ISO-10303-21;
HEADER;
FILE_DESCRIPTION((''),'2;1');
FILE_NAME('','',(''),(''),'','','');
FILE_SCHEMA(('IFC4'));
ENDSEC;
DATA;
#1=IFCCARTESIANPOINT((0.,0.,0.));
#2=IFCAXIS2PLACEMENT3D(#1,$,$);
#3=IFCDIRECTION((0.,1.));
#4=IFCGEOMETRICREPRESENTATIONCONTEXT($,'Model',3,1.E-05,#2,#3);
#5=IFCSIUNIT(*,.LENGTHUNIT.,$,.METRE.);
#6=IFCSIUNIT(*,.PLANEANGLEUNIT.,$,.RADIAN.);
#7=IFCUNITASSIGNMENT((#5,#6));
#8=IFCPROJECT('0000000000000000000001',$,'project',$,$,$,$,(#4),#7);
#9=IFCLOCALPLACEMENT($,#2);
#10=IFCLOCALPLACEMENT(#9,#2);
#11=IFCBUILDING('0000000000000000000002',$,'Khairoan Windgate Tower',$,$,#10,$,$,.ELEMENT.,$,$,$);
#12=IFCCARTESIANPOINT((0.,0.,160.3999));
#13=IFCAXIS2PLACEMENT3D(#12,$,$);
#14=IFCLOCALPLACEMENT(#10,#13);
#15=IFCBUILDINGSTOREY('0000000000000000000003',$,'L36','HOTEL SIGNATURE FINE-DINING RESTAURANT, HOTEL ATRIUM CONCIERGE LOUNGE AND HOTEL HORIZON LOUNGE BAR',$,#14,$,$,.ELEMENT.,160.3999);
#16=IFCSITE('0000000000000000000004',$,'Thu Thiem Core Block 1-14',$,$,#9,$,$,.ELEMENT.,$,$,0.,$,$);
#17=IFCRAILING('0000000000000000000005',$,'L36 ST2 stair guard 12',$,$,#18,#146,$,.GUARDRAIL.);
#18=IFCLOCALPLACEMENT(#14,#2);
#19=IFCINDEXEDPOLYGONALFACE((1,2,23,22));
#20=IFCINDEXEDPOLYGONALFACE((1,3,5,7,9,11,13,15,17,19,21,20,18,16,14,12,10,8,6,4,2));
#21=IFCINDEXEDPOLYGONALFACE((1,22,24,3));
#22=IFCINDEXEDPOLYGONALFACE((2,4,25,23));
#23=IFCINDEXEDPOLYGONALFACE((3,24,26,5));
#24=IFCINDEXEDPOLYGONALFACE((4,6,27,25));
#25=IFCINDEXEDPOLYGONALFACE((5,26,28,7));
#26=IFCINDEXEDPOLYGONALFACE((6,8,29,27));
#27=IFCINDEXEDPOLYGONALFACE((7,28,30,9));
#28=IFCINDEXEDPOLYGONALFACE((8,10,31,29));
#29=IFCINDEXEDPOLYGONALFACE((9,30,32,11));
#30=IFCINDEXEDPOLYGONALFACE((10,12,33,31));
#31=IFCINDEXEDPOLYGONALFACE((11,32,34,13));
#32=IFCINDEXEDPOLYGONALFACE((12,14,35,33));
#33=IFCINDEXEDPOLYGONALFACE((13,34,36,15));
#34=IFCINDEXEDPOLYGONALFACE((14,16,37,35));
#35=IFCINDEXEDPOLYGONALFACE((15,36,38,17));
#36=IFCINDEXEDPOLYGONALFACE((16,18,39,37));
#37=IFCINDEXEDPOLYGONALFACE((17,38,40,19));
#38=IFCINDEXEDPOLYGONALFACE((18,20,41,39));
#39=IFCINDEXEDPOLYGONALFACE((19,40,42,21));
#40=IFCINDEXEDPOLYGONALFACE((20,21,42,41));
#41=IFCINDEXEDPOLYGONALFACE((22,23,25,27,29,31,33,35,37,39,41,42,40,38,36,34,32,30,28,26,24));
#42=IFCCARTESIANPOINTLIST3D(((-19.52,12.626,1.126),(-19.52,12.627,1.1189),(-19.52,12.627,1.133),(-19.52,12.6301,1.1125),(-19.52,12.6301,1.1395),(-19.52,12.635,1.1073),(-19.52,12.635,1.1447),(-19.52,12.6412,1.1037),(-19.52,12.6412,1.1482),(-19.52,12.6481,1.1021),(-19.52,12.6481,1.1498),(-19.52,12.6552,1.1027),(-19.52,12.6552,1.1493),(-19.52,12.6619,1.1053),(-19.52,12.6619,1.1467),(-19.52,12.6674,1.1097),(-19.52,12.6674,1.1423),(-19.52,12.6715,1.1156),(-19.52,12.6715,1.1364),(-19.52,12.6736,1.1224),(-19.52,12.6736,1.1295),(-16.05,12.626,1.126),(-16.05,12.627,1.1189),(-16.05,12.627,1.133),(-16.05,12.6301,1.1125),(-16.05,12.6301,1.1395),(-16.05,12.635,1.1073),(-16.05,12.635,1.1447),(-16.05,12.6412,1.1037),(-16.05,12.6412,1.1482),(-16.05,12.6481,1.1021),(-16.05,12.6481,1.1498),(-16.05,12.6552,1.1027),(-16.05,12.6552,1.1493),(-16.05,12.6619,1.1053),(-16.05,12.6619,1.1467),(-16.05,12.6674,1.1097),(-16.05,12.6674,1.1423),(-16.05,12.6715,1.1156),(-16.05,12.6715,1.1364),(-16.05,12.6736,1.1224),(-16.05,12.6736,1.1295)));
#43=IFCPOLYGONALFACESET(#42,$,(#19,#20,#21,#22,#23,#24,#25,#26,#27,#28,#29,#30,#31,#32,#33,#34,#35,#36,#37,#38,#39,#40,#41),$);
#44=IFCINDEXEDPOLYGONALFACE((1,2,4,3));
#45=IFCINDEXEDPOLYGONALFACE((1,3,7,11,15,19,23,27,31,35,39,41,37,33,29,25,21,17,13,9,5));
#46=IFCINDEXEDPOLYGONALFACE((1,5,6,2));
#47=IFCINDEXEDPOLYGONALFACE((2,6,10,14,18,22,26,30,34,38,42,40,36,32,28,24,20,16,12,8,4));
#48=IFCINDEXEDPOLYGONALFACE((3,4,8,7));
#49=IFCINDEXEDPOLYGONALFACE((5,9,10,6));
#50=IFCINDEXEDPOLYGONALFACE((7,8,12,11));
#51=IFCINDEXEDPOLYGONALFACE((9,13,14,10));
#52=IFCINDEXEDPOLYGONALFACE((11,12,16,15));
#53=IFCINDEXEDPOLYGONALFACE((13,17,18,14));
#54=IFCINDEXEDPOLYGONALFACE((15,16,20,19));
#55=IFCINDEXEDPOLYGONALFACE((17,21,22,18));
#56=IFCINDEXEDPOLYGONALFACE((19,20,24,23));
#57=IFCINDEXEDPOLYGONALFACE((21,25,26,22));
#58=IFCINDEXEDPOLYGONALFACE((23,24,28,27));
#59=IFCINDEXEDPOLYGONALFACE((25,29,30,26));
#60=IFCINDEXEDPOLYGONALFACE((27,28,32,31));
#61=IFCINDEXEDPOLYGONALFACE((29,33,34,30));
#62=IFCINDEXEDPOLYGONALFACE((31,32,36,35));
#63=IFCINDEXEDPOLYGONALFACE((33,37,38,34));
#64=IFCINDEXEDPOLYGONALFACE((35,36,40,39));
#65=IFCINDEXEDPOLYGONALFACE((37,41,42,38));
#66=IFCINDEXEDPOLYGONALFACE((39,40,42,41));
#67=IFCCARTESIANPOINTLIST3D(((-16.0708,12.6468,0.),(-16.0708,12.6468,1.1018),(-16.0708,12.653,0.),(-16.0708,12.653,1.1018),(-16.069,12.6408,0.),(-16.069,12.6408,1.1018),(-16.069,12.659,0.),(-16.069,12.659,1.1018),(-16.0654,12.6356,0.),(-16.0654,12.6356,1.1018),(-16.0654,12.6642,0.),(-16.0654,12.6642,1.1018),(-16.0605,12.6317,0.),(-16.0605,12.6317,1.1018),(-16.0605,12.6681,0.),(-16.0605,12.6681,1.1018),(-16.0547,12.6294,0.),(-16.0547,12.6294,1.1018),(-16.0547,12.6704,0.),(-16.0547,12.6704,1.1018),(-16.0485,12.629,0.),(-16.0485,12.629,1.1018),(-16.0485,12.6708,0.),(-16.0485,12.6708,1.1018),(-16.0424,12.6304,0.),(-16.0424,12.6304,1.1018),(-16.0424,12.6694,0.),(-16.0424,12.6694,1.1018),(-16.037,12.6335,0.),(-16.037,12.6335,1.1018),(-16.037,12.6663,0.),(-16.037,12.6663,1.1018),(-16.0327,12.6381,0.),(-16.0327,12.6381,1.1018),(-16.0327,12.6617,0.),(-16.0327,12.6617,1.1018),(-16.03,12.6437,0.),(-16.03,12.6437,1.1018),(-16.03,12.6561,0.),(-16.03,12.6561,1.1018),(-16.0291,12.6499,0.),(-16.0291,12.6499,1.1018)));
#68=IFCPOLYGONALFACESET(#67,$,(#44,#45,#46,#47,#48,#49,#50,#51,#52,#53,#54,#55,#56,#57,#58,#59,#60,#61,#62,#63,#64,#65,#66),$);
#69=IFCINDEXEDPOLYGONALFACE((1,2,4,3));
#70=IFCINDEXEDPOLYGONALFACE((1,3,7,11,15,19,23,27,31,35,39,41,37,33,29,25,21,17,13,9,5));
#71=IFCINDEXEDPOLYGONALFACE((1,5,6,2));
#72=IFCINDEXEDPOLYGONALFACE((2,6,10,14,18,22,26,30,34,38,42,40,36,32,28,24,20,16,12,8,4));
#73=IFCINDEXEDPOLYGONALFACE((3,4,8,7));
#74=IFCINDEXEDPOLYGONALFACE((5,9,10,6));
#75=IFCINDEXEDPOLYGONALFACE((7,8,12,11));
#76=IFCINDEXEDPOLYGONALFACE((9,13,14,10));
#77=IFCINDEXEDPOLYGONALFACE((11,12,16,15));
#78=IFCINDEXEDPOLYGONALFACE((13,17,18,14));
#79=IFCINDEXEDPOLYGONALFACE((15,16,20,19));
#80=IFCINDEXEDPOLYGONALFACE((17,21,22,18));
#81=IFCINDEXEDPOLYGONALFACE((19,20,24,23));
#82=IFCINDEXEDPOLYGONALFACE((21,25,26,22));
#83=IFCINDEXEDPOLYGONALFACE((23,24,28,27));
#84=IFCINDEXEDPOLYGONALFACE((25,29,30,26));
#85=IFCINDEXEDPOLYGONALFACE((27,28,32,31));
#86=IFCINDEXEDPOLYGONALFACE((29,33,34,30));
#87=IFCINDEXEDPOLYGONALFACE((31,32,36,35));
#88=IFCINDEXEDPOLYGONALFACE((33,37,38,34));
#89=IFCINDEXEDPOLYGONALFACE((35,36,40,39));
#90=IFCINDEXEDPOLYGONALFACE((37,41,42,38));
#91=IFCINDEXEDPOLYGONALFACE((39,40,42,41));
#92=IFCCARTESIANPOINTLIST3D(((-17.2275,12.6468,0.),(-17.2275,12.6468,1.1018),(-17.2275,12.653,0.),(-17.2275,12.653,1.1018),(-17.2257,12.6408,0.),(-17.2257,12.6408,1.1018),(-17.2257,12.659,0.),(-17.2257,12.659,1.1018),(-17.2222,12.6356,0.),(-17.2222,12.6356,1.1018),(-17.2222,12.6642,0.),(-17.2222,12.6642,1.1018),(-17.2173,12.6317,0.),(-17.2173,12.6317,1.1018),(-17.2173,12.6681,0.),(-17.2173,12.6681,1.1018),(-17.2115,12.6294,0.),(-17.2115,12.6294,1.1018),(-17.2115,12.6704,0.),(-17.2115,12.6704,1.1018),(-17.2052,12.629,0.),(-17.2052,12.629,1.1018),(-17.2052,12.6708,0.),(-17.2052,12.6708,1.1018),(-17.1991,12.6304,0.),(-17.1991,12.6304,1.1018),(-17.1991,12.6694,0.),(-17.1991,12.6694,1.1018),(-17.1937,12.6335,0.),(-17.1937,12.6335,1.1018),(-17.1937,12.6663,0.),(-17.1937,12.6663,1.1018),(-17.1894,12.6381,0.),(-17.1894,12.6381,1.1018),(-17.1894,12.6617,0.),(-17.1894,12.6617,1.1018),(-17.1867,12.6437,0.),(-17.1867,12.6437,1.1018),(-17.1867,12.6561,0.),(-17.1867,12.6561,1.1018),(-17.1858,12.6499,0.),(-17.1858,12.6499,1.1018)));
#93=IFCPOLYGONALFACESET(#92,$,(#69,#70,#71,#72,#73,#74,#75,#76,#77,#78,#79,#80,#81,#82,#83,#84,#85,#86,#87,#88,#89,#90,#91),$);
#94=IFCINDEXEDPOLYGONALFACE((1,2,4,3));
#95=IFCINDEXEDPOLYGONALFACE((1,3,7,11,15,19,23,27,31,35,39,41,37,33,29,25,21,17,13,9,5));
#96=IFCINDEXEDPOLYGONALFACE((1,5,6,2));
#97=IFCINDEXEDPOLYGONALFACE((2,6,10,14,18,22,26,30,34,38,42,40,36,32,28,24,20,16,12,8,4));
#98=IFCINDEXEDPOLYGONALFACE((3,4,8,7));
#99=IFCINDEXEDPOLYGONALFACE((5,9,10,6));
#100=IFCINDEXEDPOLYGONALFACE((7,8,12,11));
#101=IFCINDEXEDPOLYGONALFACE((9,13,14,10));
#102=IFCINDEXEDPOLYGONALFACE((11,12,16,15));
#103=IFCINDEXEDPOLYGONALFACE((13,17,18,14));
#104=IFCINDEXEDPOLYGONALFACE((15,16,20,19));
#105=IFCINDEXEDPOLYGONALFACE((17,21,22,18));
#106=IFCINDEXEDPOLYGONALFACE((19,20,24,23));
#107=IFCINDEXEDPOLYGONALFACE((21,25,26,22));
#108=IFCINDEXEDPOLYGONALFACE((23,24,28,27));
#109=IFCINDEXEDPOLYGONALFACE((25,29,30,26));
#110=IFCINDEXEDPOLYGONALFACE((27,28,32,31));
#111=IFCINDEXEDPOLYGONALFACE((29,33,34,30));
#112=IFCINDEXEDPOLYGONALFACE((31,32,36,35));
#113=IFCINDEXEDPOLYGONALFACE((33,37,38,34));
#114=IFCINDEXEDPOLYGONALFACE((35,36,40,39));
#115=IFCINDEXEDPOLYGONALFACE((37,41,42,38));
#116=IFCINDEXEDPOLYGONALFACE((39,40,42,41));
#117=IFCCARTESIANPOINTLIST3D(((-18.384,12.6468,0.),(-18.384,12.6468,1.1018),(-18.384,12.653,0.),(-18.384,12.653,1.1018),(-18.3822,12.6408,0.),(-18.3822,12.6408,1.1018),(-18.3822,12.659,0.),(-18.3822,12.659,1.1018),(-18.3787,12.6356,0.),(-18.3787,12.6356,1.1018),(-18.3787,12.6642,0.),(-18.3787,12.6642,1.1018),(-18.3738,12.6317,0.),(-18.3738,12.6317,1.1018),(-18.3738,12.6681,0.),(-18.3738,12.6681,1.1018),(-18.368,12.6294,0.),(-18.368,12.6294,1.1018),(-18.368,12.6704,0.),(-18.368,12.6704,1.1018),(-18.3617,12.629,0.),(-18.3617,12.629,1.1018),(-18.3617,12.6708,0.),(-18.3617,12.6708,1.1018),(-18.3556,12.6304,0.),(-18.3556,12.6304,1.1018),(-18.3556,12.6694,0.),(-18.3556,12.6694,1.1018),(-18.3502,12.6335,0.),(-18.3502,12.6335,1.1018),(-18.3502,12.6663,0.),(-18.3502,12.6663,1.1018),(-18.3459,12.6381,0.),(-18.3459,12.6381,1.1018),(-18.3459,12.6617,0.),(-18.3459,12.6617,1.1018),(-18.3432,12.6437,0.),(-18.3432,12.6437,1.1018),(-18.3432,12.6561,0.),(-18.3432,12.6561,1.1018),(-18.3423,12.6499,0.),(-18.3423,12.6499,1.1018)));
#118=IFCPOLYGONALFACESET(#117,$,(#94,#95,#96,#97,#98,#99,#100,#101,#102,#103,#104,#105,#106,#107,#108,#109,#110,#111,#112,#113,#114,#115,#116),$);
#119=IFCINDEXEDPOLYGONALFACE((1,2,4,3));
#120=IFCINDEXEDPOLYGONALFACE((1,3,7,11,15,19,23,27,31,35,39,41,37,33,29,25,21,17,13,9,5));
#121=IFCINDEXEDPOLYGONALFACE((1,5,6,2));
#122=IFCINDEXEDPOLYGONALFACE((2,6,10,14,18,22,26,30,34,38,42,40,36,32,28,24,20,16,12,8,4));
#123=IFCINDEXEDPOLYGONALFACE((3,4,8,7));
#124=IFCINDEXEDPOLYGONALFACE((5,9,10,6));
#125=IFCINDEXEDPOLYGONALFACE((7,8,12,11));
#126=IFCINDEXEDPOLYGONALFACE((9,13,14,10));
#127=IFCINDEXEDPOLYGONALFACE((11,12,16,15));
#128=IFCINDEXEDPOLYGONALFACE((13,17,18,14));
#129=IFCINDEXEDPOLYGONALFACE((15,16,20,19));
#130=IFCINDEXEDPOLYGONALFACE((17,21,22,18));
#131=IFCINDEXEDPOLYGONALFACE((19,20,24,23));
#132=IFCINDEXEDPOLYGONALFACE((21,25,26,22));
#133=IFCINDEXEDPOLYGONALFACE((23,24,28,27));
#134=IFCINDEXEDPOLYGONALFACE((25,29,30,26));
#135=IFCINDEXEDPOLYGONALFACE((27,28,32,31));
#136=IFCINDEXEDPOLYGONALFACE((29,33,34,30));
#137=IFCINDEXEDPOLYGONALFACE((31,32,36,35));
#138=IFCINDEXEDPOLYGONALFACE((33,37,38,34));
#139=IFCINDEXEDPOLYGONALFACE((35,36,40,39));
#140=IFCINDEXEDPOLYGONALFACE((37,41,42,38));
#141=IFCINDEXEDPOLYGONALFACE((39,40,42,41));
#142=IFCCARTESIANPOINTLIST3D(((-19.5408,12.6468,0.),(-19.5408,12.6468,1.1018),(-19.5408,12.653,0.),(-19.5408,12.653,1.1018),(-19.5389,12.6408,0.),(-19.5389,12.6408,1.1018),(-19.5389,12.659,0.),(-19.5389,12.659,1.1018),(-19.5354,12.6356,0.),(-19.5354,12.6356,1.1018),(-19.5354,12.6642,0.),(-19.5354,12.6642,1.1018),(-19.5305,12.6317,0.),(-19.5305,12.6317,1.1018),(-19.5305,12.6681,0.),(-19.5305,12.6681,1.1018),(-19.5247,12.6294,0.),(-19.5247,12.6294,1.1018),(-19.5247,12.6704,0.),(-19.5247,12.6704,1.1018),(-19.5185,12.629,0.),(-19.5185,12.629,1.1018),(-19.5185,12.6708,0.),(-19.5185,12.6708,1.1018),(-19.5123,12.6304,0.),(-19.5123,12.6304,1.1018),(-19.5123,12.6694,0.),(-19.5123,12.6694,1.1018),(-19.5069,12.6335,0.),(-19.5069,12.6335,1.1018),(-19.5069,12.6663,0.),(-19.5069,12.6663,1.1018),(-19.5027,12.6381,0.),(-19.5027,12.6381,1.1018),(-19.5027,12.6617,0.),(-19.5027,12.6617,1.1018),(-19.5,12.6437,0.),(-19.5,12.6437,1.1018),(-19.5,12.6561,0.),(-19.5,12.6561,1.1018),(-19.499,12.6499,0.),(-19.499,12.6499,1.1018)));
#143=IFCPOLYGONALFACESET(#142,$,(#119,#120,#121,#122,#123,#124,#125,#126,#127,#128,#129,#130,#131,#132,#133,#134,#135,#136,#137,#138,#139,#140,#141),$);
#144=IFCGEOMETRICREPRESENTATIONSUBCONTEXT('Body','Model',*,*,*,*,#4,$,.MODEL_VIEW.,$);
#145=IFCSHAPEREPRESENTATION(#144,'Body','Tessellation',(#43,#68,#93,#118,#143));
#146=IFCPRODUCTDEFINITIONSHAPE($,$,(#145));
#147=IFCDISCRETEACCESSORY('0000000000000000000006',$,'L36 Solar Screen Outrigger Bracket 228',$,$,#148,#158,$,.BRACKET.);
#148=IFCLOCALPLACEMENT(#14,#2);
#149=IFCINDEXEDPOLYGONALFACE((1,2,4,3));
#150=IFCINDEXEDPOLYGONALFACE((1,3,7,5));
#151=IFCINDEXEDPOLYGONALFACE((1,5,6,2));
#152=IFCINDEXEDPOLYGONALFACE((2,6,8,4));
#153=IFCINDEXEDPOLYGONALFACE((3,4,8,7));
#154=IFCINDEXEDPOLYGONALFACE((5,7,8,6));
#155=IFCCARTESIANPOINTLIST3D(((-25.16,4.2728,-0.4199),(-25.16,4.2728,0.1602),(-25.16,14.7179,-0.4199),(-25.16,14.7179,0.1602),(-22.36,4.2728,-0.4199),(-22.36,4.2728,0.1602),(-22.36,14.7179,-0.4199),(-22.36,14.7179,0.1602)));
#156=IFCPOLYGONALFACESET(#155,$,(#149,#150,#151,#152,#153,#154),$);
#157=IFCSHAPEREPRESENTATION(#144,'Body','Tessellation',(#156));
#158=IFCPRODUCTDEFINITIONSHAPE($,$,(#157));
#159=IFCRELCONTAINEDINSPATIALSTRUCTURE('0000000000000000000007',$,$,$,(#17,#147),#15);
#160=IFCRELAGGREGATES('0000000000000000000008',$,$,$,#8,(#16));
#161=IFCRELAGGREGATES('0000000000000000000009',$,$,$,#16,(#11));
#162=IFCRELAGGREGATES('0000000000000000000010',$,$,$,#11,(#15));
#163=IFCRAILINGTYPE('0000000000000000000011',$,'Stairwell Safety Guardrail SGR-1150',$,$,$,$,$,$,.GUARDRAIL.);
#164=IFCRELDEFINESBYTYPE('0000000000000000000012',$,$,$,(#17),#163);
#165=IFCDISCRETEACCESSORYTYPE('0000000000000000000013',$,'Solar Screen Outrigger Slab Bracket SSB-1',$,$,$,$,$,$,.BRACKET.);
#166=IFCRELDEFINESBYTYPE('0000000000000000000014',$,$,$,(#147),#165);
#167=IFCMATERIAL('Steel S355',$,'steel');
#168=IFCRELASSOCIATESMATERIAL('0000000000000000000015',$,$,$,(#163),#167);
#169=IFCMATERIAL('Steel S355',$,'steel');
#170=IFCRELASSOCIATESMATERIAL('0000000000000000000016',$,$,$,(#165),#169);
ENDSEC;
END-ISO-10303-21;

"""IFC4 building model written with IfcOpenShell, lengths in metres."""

from ifc_helpers import new_model, si_unit, direction, frame, origin, origin_2d, place, context, subcontext, project, spatial, rectangle, circle, extrude, material, type_object, element, save


model = new_model("IFC4")

# Units and contexts
model_context = context("Model", 3, precision=1e-05, world=origin(), true_north=direction((0.0, 1.0)))
body_context = subcontext(model_context, "Body", "Model", "MODEL_VIEW")
ifc_project = project(units=[si_unit("LENGTHUNIT", "METRE"), si_unit("PLANEANGLEUNIT", "RADIAN")], contexts=[model_context])

# Site, building, storey
site_placement = place(None, origin())
site = spatial("IfcSite", under=ifc_project, at=site_placement, Name="Thu Thiem Core Block 1-14", CompositionType="ELEMENT", RefElevation=0.0)
building_placement = place(site_placement, origin())
building = spatial("IfcBuilding", under=site, at=building_placement, Name="Khairoan Windgate Tower", CompositionType="ELEMENT")
storey_placement = place(building_placement, frame((0.0, 0.0, 160.3999)))
storey = spatial("IfcBuildingStorey", under=building, at=storey_placement, Name="L36", Description="HOTEL SIGNATURE FINE-DINING RESTAURANT, HOTEL ATRIUM CONCIERGE LOUNGE AND HOTEL HORIZON LOUNGE BAR", CompositionType="ELEMENT", Elevation=160.3999)

# Railing
ifc_material_1 = material(Name="Steel S355", Category="steel")
railing_type = type_object("IfcRailingType", Name="Stairwell Safety Guardrail SGR-1150", PredefinedType="GUARDRAIL", material=ifc_material_1)
railing_1_placement = place(storey_placement, frame((-16.05, 12.6499, 0.0)))
element("IfcRailing", 1, at=railing_1_placement, inside=storey, type_object=railing_type, Name="L36 ST2 stair guard 12", PredefinedType="GUARDRAIL", context=body_context, shape_type="SweptSolid", body=[
    extrude(circle(Radius=0.0239, at=origin_2d()), frame((0.0, 0.0, 1.126), z_axis=(-1.0, 0.0, 0.0), x_axis=(0.0, -1.0, 0.0)), (0.0, 0.0, 1.0), 3.47),
    extrude(circle(Radius=0.021, at=origin_2d()), origin(), (0.0, 0.0, 1.0), 1.1018),
    extrude(circle(Radius=0.021, at=origin_2d()), frame((-1.1567, 0.0, 0.0)), (0.0, 0.0, 1.0), 1.1018),
    extrude(circle(Radius=0.021, at=origin_2d()), frame((-2.3132, 0.0, 0.0)), (0.0, 0.0, 1.0), 1.1018),
    extrude(circle(Radius=0.021, at=origin_2d()), frame((-3.47, 0.0, 0.0)), (0.0, 0.0, 1.0), 1.1018),
])

# Discrete accessory
ifc_material_2 = material(Name="Steel S355", Category="steel")
discrete_accessory_type = type_object("IfcDiscreteAccessoryType", Name="Solar Screen Outrigger Slab Bracket SSB-1", PredefinedType="BRACKET", material=ifc_material_2)
discrete_accessory_placement = place(storey_placement, frame((-23.76, 9.4954, -0.4199), z_axis=(0.0, 0.0, 1.0), x_axis=(0.0, 1.0, 0.0)))
element("IfcDiscreteAccessory", 2, at=discrete_accessory_placement, inside=storey, type_object=discrete_accessory_type, Name="L36 Solar Screen Outrigger Bracket 228", PredefinedType="BRACKET", context=body_context, shape_type="SweptSolid", body=[
    extrude(rectangle(XDim=10.4451, YDim=2.8, at=origin_2d()), origin(), (0.0, 0.0, 1.0), 0.5801),
])

save(model, "model.ifc")
